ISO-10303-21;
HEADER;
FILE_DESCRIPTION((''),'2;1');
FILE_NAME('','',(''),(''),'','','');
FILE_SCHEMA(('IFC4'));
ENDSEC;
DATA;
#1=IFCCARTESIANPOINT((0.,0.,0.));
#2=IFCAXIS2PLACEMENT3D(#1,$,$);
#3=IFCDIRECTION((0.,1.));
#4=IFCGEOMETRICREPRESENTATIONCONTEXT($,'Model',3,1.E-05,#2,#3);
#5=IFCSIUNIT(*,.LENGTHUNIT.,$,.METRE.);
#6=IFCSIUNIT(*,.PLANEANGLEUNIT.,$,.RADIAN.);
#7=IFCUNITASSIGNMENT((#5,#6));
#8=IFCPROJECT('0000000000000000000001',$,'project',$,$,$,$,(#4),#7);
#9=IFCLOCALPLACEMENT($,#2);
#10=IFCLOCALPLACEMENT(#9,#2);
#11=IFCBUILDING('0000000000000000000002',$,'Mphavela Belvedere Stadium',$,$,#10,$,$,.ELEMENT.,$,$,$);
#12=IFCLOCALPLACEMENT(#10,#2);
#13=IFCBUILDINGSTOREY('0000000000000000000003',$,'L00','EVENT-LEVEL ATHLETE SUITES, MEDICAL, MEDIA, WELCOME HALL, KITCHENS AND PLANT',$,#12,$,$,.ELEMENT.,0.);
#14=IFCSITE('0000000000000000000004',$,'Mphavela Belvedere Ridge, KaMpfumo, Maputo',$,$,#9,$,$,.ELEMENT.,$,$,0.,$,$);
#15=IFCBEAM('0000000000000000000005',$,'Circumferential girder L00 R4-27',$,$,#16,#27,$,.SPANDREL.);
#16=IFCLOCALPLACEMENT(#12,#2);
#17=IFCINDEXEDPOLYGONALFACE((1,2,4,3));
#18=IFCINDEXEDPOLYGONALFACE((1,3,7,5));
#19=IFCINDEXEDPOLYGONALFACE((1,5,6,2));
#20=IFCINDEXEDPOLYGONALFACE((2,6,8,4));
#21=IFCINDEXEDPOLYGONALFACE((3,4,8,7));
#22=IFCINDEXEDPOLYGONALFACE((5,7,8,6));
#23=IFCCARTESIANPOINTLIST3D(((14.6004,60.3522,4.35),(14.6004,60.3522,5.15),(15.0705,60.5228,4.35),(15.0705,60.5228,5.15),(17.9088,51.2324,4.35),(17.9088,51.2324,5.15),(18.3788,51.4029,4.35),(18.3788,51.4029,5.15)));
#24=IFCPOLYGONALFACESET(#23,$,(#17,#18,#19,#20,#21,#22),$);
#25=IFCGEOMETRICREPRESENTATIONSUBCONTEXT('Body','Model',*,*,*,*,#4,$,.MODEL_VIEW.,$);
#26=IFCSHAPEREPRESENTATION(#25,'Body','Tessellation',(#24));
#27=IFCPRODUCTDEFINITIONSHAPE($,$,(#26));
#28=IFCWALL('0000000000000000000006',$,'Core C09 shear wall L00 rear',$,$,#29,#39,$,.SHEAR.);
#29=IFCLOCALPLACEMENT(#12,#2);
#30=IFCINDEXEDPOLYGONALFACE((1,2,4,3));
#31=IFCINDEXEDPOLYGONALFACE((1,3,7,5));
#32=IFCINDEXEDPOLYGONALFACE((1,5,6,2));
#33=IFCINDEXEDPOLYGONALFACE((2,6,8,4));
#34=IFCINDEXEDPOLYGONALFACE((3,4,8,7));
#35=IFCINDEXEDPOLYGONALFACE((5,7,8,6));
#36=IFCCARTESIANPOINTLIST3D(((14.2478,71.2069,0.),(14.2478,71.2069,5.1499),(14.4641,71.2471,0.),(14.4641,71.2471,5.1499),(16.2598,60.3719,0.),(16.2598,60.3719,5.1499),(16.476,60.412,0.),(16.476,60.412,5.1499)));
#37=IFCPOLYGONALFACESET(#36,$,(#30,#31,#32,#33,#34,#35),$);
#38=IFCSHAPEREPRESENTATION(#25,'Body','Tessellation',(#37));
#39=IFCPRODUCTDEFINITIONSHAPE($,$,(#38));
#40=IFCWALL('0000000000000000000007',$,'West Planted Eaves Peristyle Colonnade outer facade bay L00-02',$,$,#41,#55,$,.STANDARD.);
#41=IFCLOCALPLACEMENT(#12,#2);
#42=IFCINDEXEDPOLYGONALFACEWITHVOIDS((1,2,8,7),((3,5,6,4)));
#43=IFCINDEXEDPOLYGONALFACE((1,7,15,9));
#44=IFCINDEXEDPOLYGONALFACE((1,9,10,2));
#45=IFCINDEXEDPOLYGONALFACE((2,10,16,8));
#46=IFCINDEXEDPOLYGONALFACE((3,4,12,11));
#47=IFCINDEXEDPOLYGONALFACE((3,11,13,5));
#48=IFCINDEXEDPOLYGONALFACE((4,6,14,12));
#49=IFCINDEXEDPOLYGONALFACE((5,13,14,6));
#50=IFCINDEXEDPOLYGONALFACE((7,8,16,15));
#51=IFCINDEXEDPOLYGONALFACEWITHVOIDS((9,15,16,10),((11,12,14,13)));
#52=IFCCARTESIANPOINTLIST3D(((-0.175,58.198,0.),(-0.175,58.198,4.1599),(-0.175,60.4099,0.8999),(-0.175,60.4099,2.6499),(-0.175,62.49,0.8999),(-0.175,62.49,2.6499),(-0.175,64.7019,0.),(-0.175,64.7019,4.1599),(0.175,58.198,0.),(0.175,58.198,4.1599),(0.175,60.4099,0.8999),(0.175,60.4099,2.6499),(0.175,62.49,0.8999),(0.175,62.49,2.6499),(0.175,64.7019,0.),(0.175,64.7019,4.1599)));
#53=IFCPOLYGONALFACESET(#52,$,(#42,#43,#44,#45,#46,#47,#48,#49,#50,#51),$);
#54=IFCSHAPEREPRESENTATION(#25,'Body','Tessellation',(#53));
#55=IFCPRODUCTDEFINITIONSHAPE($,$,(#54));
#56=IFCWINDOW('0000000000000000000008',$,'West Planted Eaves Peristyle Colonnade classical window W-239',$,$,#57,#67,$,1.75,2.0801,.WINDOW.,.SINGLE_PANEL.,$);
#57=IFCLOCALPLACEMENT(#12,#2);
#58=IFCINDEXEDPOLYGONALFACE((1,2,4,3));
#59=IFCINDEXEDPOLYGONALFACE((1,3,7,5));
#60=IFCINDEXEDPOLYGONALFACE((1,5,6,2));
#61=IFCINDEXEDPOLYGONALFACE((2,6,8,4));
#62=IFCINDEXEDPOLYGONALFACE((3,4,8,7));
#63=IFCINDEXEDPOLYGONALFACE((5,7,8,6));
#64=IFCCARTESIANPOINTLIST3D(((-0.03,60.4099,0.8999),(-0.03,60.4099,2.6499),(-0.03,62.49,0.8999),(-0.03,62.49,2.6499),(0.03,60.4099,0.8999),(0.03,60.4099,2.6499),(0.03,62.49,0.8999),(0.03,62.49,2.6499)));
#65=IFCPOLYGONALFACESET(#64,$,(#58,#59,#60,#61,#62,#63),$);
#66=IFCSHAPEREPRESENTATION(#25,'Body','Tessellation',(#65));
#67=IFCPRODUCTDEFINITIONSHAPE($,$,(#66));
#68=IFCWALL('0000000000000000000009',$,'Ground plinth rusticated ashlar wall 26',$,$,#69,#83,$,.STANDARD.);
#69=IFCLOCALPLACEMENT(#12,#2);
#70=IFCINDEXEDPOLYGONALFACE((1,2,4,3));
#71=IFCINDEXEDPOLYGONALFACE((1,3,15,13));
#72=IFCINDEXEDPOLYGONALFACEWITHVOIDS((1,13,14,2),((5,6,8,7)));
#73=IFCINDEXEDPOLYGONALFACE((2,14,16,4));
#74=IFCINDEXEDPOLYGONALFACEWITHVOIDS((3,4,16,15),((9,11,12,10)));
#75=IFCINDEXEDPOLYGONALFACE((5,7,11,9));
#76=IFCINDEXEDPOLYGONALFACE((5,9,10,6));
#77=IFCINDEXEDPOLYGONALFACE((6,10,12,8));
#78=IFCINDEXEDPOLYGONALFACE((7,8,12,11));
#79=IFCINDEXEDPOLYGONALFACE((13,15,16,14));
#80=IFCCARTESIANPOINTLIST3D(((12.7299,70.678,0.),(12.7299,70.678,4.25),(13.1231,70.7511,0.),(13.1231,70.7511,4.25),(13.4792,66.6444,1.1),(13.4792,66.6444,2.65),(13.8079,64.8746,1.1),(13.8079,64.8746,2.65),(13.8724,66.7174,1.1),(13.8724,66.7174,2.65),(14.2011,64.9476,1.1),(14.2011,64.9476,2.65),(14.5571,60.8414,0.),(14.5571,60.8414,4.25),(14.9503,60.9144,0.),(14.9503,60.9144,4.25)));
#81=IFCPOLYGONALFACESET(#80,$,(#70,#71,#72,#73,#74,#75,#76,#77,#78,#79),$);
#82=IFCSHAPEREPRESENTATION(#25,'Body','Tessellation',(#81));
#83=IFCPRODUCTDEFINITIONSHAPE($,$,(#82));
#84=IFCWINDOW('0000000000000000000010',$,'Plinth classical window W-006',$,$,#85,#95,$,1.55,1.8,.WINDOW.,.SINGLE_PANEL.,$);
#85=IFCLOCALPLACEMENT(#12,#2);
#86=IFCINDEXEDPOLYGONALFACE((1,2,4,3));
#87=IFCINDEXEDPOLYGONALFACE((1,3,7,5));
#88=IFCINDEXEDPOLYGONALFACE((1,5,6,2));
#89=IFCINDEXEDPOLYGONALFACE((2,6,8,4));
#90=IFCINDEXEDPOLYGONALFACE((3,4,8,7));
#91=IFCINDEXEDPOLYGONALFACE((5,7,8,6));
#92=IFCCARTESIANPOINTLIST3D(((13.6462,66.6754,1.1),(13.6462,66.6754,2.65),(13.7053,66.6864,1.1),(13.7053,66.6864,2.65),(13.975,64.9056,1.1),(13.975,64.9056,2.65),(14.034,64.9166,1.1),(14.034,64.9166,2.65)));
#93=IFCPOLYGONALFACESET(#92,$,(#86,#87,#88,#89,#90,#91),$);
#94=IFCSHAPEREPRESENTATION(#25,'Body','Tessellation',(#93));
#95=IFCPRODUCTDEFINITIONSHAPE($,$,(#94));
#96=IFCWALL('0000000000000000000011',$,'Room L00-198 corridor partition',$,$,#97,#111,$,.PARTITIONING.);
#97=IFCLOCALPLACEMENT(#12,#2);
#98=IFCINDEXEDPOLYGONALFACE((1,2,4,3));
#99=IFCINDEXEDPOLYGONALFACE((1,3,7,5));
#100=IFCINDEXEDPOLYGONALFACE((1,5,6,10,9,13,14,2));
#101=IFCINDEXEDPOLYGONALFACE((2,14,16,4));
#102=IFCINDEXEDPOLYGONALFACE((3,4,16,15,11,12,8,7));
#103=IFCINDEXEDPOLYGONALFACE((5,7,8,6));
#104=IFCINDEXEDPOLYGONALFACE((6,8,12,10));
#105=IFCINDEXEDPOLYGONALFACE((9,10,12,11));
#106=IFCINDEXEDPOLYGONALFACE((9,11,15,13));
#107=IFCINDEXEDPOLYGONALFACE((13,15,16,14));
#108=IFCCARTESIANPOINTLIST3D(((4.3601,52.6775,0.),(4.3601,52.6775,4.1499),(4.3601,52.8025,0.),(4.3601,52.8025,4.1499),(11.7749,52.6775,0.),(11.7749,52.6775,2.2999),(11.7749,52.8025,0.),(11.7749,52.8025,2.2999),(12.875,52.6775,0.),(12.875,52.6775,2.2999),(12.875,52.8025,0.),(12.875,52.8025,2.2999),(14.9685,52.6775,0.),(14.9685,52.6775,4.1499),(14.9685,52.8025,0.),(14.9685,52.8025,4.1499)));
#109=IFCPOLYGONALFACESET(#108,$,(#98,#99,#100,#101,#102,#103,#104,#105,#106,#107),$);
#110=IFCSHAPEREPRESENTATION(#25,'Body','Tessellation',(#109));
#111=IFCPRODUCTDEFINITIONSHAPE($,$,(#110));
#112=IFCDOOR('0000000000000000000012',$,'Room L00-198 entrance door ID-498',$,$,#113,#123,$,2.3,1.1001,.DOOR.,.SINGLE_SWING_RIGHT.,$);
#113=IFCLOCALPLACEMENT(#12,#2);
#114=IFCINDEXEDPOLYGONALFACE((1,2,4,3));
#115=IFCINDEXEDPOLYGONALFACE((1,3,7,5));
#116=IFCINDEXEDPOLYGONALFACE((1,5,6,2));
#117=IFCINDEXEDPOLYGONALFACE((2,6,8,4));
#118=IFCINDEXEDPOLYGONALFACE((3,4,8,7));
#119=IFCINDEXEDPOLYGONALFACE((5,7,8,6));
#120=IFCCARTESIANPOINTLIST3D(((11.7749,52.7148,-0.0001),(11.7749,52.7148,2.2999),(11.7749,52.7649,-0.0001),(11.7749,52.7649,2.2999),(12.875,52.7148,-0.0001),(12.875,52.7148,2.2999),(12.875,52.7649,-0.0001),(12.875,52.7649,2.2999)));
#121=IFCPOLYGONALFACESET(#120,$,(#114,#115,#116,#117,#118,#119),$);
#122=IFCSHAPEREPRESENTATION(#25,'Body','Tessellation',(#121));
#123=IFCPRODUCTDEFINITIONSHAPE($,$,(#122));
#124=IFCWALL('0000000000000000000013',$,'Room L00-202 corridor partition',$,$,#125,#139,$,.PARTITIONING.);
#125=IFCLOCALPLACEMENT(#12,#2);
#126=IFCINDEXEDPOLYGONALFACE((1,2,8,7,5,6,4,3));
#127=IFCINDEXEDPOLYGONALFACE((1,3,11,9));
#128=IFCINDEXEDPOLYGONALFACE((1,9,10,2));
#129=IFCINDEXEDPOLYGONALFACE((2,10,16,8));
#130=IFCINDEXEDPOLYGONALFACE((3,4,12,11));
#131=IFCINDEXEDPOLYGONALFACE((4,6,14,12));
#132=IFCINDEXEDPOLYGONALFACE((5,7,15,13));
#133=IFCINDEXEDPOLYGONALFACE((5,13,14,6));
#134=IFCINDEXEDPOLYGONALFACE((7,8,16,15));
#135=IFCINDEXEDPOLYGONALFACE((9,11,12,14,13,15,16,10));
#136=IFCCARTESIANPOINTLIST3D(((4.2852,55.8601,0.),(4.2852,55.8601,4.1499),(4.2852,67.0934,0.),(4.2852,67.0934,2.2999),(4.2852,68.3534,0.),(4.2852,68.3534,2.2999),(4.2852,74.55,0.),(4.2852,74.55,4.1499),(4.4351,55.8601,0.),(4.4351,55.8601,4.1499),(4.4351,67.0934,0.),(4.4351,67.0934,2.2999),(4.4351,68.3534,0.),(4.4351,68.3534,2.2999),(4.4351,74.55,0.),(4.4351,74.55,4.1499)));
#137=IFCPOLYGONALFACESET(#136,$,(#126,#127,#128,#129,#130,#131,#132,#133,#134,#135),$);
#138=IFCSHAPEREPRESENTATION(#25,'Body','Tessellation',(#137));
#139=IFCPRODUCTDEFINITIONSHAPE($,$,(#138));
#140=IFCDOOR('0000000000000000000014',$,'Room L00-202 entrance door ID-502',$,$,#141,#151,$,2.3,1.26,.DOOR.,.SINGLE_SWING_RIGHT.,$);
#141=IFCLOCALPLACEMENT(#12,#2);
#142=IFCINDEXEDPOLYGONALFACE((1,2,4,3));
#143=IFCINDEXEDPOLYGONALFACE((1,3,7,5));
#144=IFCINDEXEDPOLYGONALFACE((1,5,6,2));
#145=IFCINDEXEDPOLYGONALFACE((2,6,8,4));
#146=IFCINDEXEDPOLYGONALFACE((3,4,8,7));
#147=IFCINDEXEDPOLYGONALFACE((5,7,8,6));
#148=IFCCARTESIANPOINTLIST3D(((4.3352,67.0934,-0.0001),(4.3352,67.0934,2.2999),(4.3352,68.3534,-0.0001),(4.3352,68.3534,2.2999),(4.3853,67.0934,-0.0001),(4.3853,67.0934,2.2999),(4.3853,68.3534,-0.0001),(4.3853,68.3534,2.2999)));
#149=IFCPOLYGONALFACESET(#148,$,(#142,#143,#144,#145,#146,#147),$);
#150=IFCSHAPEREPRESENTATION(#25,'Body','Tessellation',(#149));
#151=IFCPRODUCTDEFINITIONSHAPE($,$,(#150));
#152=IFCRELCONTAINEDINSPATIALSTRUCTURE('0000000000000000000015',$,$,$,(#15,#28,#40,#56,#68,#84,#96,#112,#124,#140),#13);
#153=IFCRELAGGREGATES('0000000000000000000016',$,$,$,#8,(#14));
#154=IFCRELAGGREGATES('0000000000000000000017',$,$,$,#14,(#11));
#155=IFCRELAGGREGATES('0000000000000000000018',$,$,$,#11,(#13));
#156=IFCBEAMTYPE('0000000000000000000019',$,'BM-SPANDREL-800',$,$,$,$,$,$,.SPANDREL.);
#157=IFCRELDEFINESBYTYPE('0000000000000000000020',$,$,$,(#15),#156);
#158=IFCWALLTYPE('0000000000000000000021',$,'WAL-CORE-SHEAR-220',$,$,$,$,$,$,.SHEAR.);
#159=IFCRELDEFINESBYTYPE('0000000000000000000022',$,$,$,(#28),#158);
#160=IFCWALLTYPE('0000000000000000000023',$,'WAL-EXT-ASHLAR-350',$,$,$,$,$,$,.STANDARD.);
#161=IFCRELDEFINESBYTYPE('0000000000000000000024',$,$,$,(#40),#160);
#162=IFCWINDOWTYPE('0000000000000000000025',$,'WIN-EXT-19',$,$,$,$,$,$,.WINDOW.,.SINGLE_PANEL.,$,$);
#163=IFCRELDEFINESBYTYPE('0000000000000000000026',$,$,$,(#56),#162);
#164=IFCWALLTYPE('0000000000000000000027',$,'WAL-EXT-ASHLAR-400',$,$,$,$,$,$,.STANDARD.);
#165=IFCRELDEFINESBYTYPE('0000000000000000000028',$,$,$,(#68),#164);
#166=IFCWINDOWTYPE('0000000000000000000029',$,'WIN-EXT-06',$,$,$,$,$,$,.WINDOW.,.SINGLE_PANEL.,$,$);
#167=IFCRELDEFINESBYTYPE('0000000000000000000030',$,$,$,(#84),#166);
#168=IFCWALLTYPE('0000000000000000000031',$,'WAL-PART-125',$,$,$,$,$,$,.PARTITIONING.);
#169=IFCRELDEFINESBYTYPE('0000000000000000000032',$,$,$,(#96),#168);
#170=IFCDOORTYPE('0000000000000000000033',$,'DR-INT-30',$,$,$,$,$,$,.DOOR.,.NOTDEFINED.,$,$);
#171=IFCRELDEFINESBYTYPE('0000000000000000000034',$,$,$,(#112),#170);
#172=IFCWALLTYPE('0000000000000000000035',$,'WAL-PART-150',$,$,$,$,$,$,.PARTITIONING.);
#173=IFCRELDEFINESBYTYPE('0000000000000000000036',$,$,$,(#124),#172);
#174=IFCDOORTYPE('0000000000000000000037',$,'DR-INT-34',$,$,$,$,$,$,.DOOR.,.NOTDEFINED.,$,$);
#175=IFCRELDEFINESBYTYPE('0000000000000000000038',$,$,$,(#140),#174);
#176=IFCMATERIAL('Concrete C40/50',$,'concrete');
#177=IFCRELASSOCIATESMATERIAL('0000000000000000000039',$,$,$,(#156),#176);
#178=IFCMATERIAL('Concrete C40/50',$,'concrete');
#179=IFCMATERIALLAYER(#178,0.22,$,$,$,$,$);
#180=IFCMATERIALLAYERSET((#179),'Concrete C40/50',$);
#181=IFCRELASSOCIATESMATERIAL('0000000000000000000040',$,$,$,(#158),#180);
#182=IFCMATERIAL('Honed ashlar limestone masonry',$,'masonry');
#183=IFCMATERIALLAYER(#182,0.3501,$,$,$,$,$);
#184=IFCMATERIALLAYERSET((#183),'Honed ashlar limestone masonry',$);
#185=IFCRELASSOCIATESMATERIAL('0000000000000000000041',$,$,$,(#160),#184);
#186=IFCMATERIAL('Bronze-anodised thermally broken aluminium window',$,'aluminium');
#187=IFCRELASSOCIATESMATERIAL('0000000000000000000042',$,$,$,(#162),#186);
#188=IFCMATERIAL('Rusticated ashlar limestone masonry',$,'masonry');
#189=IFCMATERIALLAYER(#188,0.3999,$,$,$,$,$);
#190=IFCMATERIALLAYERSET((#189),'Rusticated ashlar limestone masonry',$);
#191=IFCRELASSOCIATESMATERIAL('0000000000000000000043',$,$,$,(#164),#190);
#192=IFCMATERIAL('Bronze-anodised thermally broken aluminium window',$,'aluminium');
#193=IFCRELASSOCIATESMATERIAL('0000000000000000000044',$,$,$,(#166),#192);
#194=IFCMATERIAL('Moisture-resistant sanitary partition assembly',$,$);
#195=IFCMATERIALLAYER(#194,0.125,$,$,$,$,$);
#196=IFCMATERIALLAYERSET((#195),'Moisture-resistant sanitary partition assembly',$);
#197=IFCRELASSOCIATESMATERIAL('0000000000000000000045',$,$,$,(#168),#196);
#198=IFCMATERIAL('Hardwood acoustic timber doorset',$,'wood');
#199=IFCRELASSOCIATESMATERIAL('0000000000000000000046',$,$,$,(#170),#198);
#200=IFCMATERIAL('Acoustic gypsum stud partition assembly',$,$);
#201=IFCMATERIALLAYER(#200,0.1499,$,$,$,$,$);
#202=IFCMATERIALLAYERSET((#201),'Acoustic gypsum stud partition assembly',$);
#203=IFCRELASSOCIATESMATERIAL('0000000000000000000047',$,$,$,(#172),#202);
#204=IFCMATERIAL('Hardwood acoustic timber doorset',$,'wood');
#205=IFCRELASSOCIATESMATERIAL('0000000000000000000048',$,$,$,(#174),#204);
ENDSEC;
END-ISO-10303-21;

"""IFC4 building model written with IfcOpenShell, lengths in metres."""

from ifc_helpers import new_model, si_unit, direction, frame, frame_2d, origin, origin_2d, place, context, subcontext, project, spatial, rectangle, extrude, material, layer, layer_set, material_profile, profile_set, type_object, element, fill, save


model = new_model("IFC4")

# Units and contexts
model_context = context("Model", 3, precision=1e-05, world=origin(), true_north=direction((0.0, 1.0)))
body_context = subcontext(model_context, "Body", "Model", "MODEL_VIEW")
ifc_project = project(units=[si_unit("LENGTHUNIT", "METRE"), si_unit("PLANEANGLEUNIT", "RADIAN")], contexts=[model_context])

# Site, building, storey
site_placement = place(None, origin())
site = spatial("IfcSite", under=ifc_project, at=site_placement, Name="Mphavela Belvedere Ridge, KaMpfumo, Maputo", CompositionType="ELEMENT", RefElevation=0.0)
building_placement = place(site_placement, origin())
building = spatial("IfcBuilding", under=site, at=building_placement, Name="Mphavela Belvedere Stadium", CompositionType="ELEMENT")
storey_placement = place(building_placement, origin())
storey = spatial("IfcBuildingStorey", under=building, at=storey_placement, Name="L00", Description="EVENT-LEVEL ATHLETE SUITES, MEDICAL, MEDIA, WELCOME HALL, KITCHENS AND PLANT", CompositionType="ELEMENT", Elevation=0.0)

# Beam
ifc_material_1 = material(Name="Concrete C40/50", Category="concrete")
ifc_material_profile_1 = material_profile(ifc_material_1, rectangle(XDim=0.5, YDim=0.8, at=origin_2d()), Name="RC 500x800")
ifc_profile_set_1 = profile_set([ifc_material_profile_1], Name="Concrete C40/50")
beam_type_1 = type_object("IfcBeamType", Name="BM-SPANDREL-800", PredefinedType="SPANDREL", material=ifc_profile_set_1)
beam_1_placement = place(storey_placement, frame((14.8354, 60.4375, 4.75), z_axis=(0.341018, -0.940057, 0.0), x_axis=(0.940057, 0.341018, 0.0)))
element("IfcBeam", 1, at=beam_1_placement, inside=storey, type_object=beam_type_1, Name="Circumferential girder L00 R4-27", PredefinedType="SPANDREL", context=body_context, shape_type="SweptSolid", body=[
    extrude(rectangle(XDim=0.5, YDim=0.8, at=origin_2d()), origin(), (0.0, 0.0, 1.0), 9.7014),
])

# Wall
ifc_material_2 = material(Name="Concrete C40/50", Category="concrete")
ifc_layer_1 = layer(ifc_material_2, 0.22)
ifc_layer_set_1 = layer_set([ifc_layer_1], Name="Concrete C40/50")
wall_type_1 = type_object("IfcWallType", Name="WAL-CORE-SHEAR-220", PredefinedType="SHEAR", material=ifc_layer_set_1)
wall_1_placement = place(storey_placement, frame((16.3679, 60.3918, 0.0), z_axis=(0.0, 0.0, 1.0), x_axis=(-0.182571, 0.983193, 0.0)))
element("IfcWall", 2, at=wall_1_placement, inside=storey, type_object=wall_type_1, Name="Core C09 shear wall L00 rear", PredefinedType="SHEAR", context=body_context, shape_type="SweptSolid", body=[
    extrude(rectangle(XDim=11.0203, YDim=0.22, at=frame_2d((5.5103, 0.0))), origin(), (0.0, 0.0, 1.0), 5.1499),
])

# Walls, openings, windows
ifc_material_3 = material(Name="Honed ashlar limestone masonry", Category="masonry")
ifc_layer_2 = layer(ifc_material_3, 0.3501)
ifc_layer_set_2 = layer_set([ifc_layer_2], Name="Honed ashlar limestone masonry")
wall_type_2 = type_object("IfcWallType", Name="WAL-EXT-ASHLAR-350", PredefinedType="STANDARD", material=ifc_layer_set_2)
wall_2_placement = place(storey_placement, frame((0.0, 58.198, 0.0), z_axis=(0.0, 0.0, 1.0), x_axis=(0.0, 1.0, 0.0)))
wall_2 = element("IfcWall", 3, at=wall_2_placement, inside=storey, type_object=wall_type_2, Name="West Planted Eaves Peristyle Colonnade outer facade bay L00-02", PredefinedType="STANDARD", context=body_context, shape_type="SweptSolid", body=[
    extrude(rectangle(XDim=6.5039, YDim=0.3501, at=frame_2d((3.252, 0.0))), origin(), (0.0, 0.0, 1.0), 4.1599),
])
opening_1_placement = place(wall_2_placement, frame((2.2119, 0.0, 0.8999)))
opening_1 = element("IfcOpeningElement", 4, at=opening_1_placement, cuts=wall_2, PredefinedType="OPENING", context=body_context, shape_type="SweptSolid", body=[
    extrude(rectangle(XDim=2.0801, YDim=1.75, at=frame_2d((1.04, 0.875))), frame((0.0, 0.1851, 0.0), z_axis=(0.0, -1.0, 0.0), x_axis=(1.0, 0.0, 0.0)), (0.0, 0.0, 1.0), 0.3701),
])
ifc_material_4 = material(Name="Bronze-anodised thermally broken aluminium window", Category="aluminium")
window_type_1 = type_object("IfcWindowType", Name="WIN-EXT-19", PartitioningType="SINGLE_PANEL", PredefinedType="WINDOW", material=ifc_material_4)
window_1_placement = place(opening_1_placement, origin())
window_1 = element("IfcWindow", 5, at=window_1_placement, inside=storey, type_object=window_type_1, Name="West Planted Eaves Peristyle Colonnade classical window W-239", OverallHeight=1.75, OverallWidth=2.0801, PartitioningType="SINGLE_PANEL", PredefinedType="WINDOW", context=body_context, shape_type="SweptSolid", body=[
    extrude(rectangle(XDim=2.0801, YDim=1.75, at=frame_2d((1.04, 0.875))), frame((0.0, 0.03, 0.0), z_axis=(0.0, -1.0, 0.0), x_axis=(1.0, 0.0, 0.0)), (0.0, 0.0, 1.0), 0.0601),
])
fill(opening_1, window_1)
ifc_material_5 = material(Name="Rusticated ashlar limestone masonry", Category="masonry")
ifc_layer_3 = layer(ifc_material_5, 0.3999)
ifc_layer_set_3 = layer_set([ifc_layer_3], Name="Rusticated ashlar limestone masonry")
wall_type_3 = type_object("IfcWallType", Name="WAL-EXT-ASHLAR-400", PredefinedType="STANDARD", material=ifc_layer_set_3)
wall_3_placement = place(storey_placement, frame((14.7537, 60.8779, 0.0), z_axis=(0.0, 0.0, 1.0), x_axis=(-0.182625, 0.983183, 0.0)))
wall_3 = element("IfcWall", 6, at=wall_3_placement, inside=storey, type_object=wall_type_3, Name="Ground plinth rusticated ashlar wall 26", PredefinedType="STANDARD", context=body_context, shape_type="SweptSolid", body=[
    extrude(rectangle(XDim=10.0049, YDim=0.3999, at=frame_2d((5.0024, 0.0))), origin(), (0.0, 0.0, 1.0), 4.25),
])
opening_2_placement = place(wall_3_placement, frame((4.1023, 0.0, 1.1001)))
opening_2 = element("IfcOpeningElement", 7, at=opening_2_placement, cuts=wall_3, PredefinedType="OPENING", context=body_context, shape_type="SweptSolid", body=[
    extrude(rectangle(XDim=1.8, YDim=1.55, at=frame_2d((0.8999, 0.7749))), frame((0.0, 0.21, 0.0), z_axis=(0.0, -1.0, 0.0), x_axis=(1.0, 0.0, 0.0)), (0.0, 0.0, 1.0), 0.4199),
])
ifc_material_6 = material(Name="Bronze-anodised thermally broken aluminium window", Category="aluminium")
window_type_2 = type_object("IfcWindowType", Name="WIN-EXT-06", PartitioningType="SINGLE_PANEL", PredefinedType="WINDOW", material=ifc_material_6)
window_2_placement = place(opening_2_placement, origin())
window_2 = element("IfcWindow", 8, at=window_2_placement, inside=storey, type_object=window_type_2, Name="Plinth classical window W-006", OverallHeight=1.55, OverallWidth=1.8, PartitioningType="SINGLE_PANEL", PredefinedType="WINDOW", context=body_context, shape_type="SweptSolid", body=[
    extrude(rectangle(XDim=1.8, YDim=1.55, at=frame_2d((0.8999, 0.7749))), frame((0.0, 0.03, 0.0), z_axis=(0.0, -1.0, 0.0), x_axis=(1.0, 0.0, 0.0)), (0.0, 0.0, 1.0), 0.0601),
])
fill(opening_2, window_2)

# Walls, openings, doors
ifc_material_7 = material(Name="Moisture-resistant sanitary partition assembly")
ifc_layer_4 = layer(ifc_material_7, 0.125)
ifc_layer_set_4 = layer_set([ifc_layer_4], Name="Moisture-resistant sanitary partition assembly")
wall_type_4 = type_object("IfcWallType", Name="WAL-PART-125", PredefinedType="PARTITIONING", material=ifc_layer_set_4)
wall_4_placement = place(storey_placement, frame((4.3601, 52.74, 0.0), z_axis=(0.0, 0.0, 1.0), x_axis=(1.0, 0.0, 0.0)))
wall_4 = element("IfcWall", 9, at=wall_4_placement, inside=storey, type_object=wall_type_4, Name="Room L00-198 corridor partition", PredefinedType="PARTITIONING", context=body_context, shape_type="SweptSolid", body=[
    extrude(rectangle(XDim=10.6084, YDim=0.125, at=frame_2d((5.3042, 0.0))), origin(), (0.0, 0.0, 1.0), 4.1499),
])
opening_3_placement = place(wall_4_placement, frame((7.4148, 0.0, 0.0)))
opening_3 = element("IfcOpeningElement", 10, at=opening_3_placement, cuts=wall_4, PredefinedType="OPENING", context=body_context, shape_type="SweptSolid", body=[
    extrude(rectangle(XDim=1.1001, YDim=2.3, at=frame_2d((0.55, 1.1499))), frame((0.0, 0.0725, 0.0), z_axis=(0.0, -1.0, 0.0), x_axis=(1.0, 0.0, 0.0)), (0.0, 0.0, 1.0), 0.145),
])
ifc_material_8 = material(Name="Hardwood acoustic timber doorset", Category="wood")
door_type_1 = type_object("IfcDoorType", Name="DR-INT-30", OperationType="NOTDEFINED", PredefinedType="DOOR", material=ifc_material_8)
door_1_placement = place(opening_3_placement, origin())
door_1 = element("IfcDoor", 11, at=door_1_placement, inside=storey, type_object=door_type_1, Name="Room L00-198 entrance door ID-498", OperationType="SINGLE_SWING_RIGHT", OverallHeight=2.3, OverallWidth=1.1001, PredefinedType="DOOR", context=body_context, shape_type="SweptSolid", body=[
    extrude(rectangle(XDim=1.1001, YDim=2.3, at=frame_2d((0.55, 1.1499))), frame((0.0, 0.0249, 0.0), z_axis=(0.0, -1.0, 0.0), x_axis=(1.0, 0.0, 0.0)), (0.0, 0.0, 1.0), 0.05),
])
fill(opening_3, door_1)
ifc_material_9 = material(Name="Acoustic gypsum stud partition assembly")
ifc_layer_5 = layer(ifc_material_9, 0.1499)
ifc_layer_set_5 = layer_set([ifc_layer_5], Name="Acoustic gypsum stud partition assembly")
wall_type_5 = type_object("IfcWallType", Name="WAL-PART-150", PredefinedType="PARTITIONING", material=ifc_layer_set_5)
wall_5_placement = place(storey_placement, frame((4.3601, 55.8601, 0.0), z_axis=(0.0, 0.0, 1.0), x_axis=(0.0, 1.0, 0.0)))
wall_5 = element("IfcWall", 12, at=wall_5_placement, inside=storey, type_object=wall_type_5, Name="Room L00-202 corridor partition", PredefinedType="PARTITIONING", context=body_context, shape_type="SweptSolid", body=[
    extrude(rectangle(XDim=18.6899, YDim=0.1499, at=frame_2d((9.345, 0.0))), origin(), (0.0, 0.0, 1.0), 4.1499),
])
opening_4_placement = place(wall_5_placement, frame((11.2334, 0.0, 0.0)))
opening_4 = element("IfcOpeningElement", 13, at=opening_4_placement, cuts=wall_5, PredefinedType="OPENING", context=body_context, shape_type="SweptSolid", body=[
    extrude(rectangle(XDim=1.26, YDim=2.3, at=frame_2d((0.6299, 1.1499))), frame((0.0, 0.085, 0.0), z_axis=(0.0, -1.0, 0.0), x_axis=(1.0, 0.0, 0.0)), (0.0, 0.0, 1.0), 0.1699),
])
ifc_material_10 = material(Name="Hardwood acoustic timber doorset", Category="wood")
door_type_2 = type_object("IfcDoorType", Name="DR-INT-34", OperationType="NOTDEFINED", PredefinedType="DOOR", material=ifc_material_10)
door_2_placement = place(opening_4_placement, origin())
door_2 = element("IfcDoor", 14, at=door_2_placement, inside=storey, type_object=door_type_2, Name="Room L00-202 entrance door ID-502", OperationType="SINGLE_SWING_RIGHT", OverallHeight=2.3, OverallWidth=1.26, PredefinedType="DOOR", context=body_context, shape_type="SweptSolid", body=[
    extrude(rectangle(XDim=1.26, YDim=2.3, at=frame_2d((0.6299, 1.1499))), frame((0.0, 0.0249, 0.0), z_axis=(0.0, -1.0, 0.0), x_axis=(1.0, 0.0, 0.0)), (0.0, 0.0, 1.0), 0.05),
])
fill(opening_4, door_2)

save(model, "model.ifc")
